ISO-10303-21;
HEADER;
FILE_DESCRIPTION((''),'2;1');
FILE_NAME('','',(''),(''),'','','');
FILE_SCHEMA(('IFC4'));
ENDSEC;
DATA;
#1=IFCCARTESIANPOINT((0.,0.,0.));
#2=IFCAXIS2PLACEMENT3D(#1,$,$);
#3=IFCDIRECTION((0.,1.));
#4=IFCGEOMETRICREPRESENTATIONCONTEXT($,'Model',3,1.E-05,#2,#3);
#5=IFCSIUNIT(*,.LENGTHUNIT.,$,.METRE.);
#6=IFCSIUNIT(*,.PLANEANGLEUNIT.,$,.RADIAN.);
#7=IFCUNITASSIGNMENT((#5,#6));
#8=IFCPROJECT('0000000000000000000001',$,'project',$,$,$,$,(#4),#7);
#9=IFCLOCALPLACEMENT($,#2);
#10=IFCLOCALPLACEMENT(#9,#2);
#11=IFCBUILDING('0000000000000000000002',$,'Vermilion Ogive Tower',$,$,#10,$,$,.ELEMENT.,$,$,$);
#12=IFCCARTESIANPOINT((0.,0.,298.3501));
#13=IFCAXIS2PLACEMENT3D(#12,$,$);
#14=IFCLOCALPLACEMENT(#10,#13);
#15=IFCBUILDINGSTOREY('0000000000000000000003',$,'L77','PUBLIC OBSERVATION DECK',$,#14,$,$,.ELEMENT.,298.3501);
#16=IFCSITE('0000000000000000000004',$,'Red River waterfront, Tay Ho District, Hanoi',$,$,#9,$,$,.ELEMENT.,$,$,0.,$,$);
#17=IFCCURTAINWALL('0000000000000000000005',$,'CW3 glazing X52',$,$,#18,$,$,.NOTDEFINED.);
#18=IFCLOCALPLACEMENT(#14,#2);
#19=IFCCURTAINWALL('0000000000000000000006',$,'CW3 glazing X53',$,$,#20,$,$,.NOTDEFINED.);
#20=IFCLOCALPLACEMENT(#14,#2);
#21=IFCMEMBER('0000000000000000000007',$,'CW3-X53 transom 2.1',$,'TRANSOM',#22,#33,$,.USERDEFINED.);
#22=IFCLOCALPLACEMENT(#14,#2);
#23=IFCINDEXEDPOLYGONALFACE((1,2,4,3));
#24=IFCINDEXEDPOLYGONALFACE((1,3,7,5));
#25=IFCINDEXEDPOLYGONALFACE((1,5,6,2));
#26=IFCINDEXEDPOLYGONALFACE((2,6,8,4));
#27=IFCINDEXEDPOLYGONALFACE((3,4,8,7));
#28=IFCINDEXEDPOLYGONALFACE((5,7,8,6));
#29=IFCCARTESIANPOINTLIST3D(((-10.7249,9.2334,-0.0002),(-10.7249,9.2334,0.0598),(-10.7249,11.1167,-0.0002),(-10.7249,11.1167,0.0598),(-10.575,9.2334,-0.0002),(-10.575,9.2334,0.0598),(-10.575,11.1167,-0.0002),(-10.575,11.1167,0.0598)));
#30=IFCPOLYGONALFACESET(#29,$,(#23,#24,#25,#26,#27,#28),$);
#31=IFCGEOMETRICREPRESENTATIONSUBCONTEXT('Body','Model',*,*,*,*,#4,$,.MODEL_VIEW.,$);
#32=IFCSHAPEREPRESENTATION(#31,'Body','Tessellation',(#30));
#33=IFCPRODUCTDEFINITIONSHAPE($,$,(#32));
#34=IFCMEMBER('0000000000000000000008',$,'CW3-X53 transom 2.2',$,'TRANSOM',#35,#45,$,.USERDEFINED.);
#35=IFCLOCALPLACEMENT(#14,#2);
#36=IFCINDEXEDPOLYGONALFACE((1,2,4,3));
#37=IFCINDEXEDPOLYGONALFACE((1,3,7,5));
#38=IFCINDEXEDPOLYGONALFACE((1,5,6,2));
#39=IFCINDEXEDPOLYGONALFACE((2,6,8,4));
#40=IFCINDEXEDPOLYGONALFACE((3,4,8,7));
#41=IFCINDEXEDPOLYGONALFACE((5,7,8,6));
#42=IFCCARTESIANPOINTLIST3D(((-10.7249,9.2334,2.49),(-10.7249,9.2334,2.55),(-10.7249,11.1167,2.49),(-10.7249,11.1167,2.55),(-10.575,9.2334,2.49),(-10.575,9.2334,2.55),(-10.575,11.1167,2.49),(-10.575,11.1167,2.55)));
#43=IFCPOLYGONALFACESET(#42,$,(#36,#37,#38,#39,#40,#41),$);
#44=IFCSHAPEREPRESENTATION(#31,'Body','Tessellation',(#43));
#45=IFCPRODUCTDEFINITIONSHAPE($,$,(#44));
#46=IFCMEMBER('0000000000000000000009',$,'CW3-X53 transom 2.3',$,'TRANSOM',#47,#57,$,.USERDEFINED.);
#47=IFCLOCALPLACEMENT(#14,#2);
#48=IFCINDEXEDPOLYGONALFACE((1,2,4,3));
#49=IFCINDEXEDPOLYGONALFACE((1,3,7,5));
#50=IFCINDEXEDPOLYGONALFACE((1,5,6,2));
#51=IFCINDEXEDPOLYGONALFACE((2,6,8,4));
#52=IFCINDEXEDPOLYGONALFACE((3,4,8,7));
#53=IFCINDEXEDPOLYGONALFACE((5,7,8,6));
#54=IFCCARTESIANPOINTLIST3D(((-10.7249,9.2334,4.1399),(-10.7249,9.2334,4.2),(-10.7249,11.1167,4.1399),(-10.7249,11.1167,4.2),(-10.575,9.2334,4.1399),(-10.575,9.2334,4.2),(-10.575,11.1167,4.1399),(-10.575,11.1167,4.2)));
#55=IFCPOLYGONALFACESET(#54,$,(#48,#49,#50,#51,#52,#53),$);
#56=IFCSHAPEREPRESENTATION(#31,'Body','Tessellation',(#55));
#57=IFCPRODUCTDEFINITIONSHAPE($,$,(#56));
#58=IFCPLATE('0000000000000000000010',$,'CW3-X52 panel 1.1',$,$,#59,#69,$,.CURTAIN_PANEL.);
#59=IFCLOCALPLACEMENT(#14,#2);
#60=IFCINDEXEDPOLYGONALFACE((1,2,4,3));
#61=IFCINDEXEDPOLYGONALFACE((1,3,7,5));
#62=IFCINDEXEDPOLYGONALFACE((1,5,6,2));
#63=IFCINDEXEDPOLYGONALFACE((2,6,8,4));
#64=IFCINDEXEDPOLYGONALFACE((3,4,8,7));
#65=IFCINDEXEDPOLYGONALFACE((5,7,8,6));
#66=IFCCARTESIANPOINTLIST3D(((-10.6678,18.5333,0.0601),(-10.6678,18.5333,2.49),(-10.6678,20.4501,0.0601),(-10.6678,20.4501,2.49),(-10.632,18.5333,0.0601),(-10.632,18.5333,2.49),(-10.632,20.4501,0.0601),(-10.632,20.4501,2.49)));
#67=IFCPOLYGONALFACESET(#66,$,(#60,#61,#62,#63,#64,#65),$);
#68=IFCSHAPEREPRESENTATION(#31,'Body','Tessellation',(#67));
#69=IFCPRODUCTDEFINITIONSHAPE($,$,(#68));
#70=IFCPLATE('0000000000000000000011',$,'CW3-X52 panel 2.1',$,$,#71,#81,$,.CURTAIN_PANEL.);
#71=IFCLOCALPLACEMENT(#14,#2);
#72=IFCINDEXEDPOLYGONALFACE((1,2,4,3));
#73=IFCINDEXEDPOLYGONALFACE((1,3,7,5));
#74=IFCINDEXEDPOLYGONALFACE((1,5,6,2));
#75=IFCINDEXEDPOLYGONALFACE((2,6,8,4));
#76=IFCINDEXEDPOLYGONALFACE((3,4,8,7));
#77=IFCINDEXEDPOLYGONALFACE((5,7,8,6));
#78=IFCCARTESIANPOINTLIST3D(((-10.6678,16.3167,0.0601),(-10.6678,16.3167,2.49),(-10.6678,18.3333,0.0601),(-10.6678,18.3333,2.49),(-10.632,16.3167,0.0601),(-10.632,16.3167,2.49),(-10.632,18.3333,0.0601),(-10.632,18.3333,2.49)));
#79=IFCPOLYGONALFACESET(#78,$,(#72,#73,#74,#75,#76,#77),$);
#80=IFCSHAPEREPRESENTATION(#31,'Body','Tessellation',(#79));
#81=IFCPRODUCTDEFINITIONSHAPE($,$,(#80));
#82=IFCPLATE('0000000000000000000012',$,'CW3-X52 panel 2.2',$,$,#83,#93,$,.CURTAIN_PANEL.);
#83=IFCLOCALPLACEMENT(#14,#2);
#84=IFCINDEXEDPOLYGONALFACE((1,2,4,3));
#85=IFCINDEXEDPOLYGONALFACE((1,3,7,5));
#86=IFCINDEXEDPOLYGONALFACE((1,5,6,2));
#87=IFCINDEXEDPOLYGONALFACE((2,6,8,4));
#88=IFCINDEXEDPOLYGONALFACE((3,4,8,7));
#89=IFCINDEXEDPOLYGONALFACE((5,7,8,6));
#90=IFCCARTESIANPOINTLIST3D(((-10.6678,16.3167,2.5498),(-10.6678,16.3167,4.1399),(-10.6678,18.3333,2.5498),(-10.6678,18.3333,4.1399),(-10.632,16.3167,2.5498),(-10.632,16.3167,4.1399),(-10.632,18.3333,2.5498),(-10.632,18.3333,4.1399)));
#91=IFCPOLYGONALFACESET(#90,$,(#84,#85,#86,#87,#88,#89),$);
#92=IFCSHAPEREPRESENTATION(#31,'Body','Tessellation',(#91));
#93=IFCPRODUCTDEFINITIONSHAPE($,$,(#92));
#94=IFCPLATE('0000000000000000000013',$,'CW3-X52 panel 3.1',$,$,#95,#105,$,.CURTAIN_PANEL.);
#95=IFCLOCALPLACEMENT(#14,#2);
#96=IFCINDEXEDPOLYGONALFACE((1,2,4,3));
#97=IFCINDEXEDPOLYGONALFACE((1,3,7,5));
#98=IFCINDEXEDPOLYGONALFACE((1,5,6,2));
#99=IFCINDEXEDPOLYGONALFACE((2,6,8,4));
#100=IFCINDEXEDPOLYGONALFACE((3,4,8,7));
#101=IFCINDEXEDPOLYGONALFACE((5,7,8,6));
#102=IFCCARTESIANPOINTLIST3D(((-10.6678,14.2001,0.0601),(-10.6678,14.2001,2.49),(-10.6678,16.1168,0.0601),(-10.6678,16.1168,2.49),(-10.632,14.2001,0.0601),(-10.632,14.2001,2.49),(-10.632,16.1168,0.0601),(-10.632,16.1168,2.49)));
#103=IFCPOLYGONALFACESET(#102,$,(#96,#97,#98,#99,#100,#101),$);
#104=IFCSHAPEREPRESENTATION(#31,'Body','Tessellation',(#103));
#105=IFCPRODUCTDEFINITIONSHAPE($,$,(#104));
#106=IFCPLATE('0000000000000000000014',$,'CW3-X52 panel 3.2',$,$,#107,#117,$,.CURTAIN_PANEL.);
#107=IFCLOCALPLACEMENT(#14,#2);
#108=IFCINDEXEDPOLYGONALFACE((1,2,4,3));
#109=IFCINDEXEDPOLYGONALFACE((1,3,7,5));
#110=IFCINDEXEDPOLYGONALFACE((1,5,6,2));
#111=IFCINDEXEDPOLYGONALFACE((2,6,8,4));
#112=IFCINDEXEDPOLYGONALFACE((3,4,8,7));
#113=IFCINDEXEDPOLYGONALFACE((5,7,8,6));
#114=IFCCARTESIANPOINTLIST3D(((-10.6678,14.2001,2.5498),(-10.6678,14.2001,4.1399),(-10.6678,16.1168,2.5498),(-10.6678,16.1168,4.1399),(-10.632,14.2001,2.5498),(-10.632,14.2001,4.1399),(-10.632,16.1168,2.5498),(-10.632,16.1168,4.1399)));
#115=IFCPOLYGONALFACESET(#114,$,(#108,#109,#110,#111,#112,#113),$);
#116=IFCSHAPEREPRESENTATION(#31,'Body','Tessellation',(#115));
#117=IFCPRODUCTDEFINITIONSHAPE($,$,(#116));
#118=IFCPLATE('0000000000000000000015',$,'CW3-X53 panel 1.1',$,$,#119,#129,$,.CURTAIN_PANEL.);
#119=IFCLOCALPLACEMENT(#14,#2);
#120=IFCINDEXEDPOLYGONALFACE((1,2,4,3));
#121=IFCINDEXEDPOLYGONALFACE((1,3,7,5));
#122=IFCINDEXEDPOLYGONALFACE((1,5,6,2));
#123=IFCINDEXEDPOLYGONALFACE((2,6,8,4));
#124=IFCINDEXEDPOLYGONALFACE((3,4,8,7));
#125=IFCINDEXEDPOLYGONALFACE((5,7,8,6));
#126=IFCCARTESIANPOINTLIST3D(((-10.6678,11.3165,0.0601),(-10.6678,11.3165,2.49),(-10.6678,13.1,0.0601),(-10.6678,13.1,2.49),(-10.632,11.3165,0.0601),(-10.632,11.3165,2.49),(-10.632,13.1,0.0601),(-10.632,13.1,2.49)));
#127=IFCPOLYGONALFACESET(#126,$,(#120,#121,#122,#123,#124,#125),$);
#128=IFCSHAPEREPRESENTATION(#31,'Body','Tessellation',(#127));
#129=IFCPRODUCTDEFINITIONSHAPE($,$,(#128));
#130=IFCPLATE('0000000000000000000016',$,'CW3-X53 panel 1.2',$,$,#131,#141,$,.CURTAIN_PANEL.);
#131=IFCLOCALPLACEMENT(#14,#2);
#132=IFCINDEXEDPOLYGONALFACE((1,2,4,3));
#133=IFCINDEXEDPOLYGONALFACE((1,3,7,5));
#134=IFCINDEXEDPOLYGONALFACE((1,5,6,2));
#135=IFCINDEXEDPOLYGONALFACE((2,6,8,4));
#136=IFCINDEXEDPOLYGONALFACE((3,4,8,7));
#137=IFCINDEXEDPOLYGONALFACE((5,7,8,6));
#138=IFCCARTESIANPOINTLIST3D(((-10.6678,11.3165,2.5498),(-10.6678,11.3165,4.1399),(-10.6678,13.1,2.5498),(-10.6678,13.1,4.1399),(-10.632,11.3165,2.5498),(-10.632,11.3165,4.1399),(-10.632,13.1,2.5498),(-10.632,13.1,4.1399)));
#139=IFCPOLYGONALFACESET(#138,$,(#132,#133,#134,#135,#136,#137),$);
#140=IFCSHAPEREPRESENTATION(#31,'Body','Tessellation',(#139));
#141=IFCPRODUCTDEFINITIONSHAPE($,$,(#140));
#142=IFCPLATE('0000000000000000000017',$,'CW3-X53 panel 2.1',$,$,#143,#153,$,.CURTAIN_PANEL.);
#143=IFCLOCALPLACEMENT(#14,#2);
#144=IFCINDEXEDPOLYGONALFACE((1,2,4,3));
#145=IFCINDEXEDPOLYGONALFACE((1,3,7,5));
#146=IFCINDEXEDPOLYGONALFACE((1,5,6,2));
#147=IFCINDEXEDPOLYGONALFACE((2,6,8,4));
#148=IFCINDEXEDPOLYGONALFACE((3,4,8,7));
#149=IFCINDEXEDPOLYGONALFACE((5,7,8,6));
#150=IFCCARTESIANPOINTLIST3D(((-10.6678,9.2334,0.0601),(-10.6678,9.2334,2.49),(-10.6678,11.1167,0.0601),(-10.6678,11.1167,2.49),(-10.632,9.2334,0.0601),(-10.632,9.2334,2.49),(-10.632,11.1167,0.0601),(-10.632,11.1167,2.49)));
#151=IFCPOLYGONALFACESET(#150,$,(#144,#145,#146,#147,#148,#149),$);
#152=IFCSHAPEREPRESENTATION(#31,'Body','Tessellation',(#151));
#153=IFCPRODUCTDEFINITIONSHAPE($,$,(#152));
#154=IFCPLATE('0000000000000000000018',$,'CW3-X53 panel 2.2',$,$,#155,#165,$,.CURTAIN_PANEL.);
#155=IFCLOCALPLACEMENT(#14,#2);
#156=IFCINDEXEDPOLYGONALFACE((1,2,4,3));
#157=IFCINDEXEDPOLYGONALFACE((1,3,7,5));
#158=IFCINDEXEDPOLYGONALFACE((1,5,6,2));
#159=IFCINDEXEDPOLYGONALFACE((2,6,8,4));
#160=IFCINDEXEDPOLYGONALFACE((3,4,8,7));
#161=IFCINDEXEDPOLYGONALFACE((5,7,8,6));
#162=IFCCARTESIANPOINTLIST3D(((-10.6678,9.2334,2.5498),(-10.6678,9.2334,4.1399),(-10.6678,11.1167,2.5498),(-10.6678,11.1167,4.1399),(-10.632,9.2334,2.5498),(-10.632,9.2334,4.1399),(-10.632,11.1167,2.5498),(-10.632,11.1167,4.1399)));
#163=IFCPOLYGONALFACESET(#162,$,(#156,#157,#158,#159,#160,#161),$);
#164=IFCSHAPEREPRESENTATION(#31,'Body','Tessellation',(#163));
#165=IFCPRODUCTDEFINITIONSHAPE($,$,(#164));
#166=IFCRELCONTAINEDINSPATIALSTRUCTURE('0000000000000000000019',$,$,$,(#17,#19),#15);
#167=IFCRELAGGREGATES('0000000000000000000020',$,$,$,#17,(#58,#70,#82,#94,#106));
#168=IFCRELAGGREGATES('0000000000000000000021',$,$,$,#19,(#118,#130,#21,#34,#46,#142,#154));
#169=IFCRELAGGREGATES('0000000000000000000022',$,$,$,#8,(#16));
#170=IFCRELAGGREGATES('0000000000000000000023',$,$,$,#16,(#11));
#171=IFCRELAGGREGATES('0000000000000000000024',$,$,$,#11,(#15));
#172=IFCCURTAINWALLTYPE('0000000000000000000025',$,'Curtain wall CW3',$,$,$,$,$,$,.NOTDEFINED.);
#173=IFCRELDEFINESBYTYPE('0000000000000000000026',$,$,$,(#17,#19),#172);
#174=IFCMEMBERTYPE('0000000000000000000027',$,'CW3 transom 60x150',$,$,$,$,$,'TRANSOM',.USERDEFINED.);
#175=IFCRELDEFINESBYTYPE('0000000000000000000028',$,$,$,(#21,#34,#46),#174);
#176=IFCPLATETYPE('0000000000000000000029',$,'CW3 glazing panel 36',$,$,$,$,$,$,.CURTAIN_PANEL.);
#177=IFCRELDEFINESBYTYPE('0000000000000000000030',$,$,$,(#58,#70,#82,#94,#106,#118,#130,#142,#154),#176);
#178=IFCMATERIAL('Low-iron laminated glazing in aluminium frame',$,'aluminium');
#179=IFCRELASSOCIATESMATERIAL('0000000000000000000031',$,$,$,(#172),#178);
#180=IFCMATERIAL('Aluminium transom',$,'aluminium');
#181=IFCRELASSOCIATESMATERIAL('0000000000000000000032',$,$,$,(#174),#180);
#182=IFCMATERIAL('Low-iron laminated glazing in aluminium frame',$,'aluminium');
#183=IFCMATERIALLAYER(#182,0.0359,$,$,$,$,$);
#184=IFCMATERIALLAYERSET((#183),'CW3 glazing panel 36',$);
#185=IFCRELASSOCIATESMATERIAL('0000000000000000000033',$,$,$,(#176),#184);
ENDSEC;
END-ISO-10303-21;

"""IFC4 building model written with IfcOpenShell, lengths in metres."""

from ifc_helpers import new_model, si_unit, direction, frame, origin, origin_2d, place, context, subcontext, project, spatial, rectangle, extrude, material, layer, layer_set, material_profile, profile_set, type_object, element, aggregate, save


model = new_model("IFC4")

# Units and contexts
model_context = context("Model", 3, precision=1e-05, world=origin(), true_north=direction((0.0, 1.0)))
body_context = subcontext(model_context, "Body", "Model", "MODEL_VIEW")
ifc_project = project(units=[si_unit("LENGTHUNIT", "METRE"), si_unit("PLANEANGLEUNIT", "RADIAN")], contexts=[model_context])

# Site, building, storey
site_placement = place(None, origin())
site = spatial("IfcSite", under=ifc_project, at=site_placement, Name="Red River waterfront, Tay Ho District, Hanoi", CompositionType="ELEMENT", RefElevation=0.0)
building_placement = place(site_placement, origin())
building = spatial("IfcBuilding", under=site, at=building_placement, Name="Vermilion Ogive Tower", CompositionType="ELEMENT")
storey_placement = place(building_placement, frame((0.0, 0.0, 298.3501)))
storey = spatial("IfcBuildingStorey", under=building, at=storey_placement, Name="L77", Description="PUBLIC OBSERVATION DECK", CompositionType="ELEMENT", Elevation=298.3501)

# Curtain walls
ifc_material_1 = material(Name="Low-iron laminated glazing in aluminium frame", Category="aluminium")
curtain_wall_type = type_object("IfcCurtainWallType", Name="Curtain wall CW3", PredefinedType="NOTDEFINED", material=ifc_material_1)
curtain_wall_1_placement = place(storey_placement, origin())
curtain_wall_1 = element("IfcCurtainWall", 1, at=curtain_wall_1_placement, inside=storey, type_object=curtain_wall_type, Name="CW3 glazing X52", PredefinedType="NOTDEFINED")
curtain_wall_2_placement = place(storey_placement, origin())
curtain_wall_2 = element("IfcCurtainWall", 2, at=curtain_wall_2_placement, inside=storey, type_object=curtain_wall_type, Name="CW3 glazing X53", PredefinedType="NOTDEFINED")

# Members
ifc_material_2 = material(Name="Aluminium transom", Category="aluminium")
ifc_material_profile_1 = material_profile(ifc_material_2, rectangle(XDim=0.1499, YDim=0.0601, at=origin_2d()), Name="AL 60x150")
ifc_profile_set_1 = profile_set([ifc_material_profile_1], Name="Aluminium transom")
member_type_1 = type_object("IfcMemberType", Name="CW3 transom 60x150", ElementType="TRANSOM", PredefinedType="USERDEFINED", material=ifc_profile_set_1)
member_1_placement = place(storey_placement, frame((-10.6499, 11.1167, 0.0298), z_axis=(0.0, -1.0, 0.0), x_axis=(1.0, 0.0, 0.0)))
member_1 = element("IfcMember", 3, at=member_1_placement, type_object=member_type_1, Name="CW3-X53 transom 2.1", ObjectType="TRANSOM", PredefinedType="USERDEFINED", context=body_context, shape_type="SweptSolid", body=[
    extrude(rectangle(XDim=0.1499, YDim=0.0601, at=origin_2d()), origin(), (0.0, 0.0, 1.0), 1.8833),
])
member_2_placement = place(storey_placement, frame((-10.6499, 11.1167, 2.52), z_axis=(0.0, -1.0, 0.0), x_axis=(1.0, 0.0, 0.0)))
member_2 = element("IfcMember", 4, at=member_2_placement, type_object=member_type_1, Name="CW3-X53 transom 2.2", ObjectType="TRANSOM", PredefinedType="USERDEFINED", context=body_context, shape_type="SweptSolid", body=[
    extrude(rectangle(XDim=0.1499, YDim=0.0601, at=origin_2d()), origin(), (0.0, 0.0, 1.0), 1.8833),
])
member_3_placement = place(storey_placement, frame((-10.6499, 11.1167, 4.1699), z_axis=(0.0, -1.0, 0.0), x_axis=(1.0, 0.0, 0.0)))
member_3 = element("IfcMember", 5, at=member_3_placement, type_object=member_type_1, Name="CW3-X53 transom 2.3", ObjectType="TRANSOM", PredefinedType="USERDEFINED", context=body_context, shape_type="SweptSolid", body=[
    extrude(rectangle(XDim=0.1499, YDim=0.0601, at=origin_2d()), origin(), (0.0, 0.0, 1.0), 1.8833),
])

# Plates
ifc_material_3 = material(Name="Low-iron laminated glazing in aluminium frame", Category="aluminium")
ifc_layer = layer(ifc_material_3, 0.0359)
ifc_layer_set = layer_set([ifc_layer], Name="CW3 glazing panel 36")
plate_type = type_object("IfcPlateType", Name="CW3 glazing panel 36", PredefinedType="CURTAIN_PANEL", material=ifc_layer_set)
plate_1_placement = place(storey_placement, frame((-10.6499, 19.4917, 0.0601), z_axis=(0.0, 0.0, 1.0), x_axis=(0.0, -1.0, 0.0)))
plate_1 = element("IfcPlate", 6, at=plate_1_placement, type_object=plate_type, Name="CW3-X52 panel 1.1", PredefinedType="CURTAIN_PANEL", context=body_context, shape_type="SweptSolid", body=[
    extrude(rectangle(XDim=1.9167, YDim=0.0359, at=origin_2d()), origin(), (0.0, 0.0, 1.0), 2.4299),
])
plate_2_placement = place(storey_placement, frame((-10.6499, 17.325, 0.0601), z_axis=(0.0, 0.0, 1.0), x_axis=(0.0, -1.0, 0.0)))
plate_2 = element("IfcPlate", 7, at=plate_2_placement, type_object=plate_type, Name="CW3-X52 panel 2.1", PredefinedType="CURTAIN_PANEL", context=body_context, shape_type="SweptSolid", body=[
    extrude(rectangle(XDim=2.0166, YDim=0.0359, at=origin_2d()), origin(), (0.0, 0.0, 1.0), 2.4299),
])
plate_3_placement = place(storey_placement, frame((-10.6499, 17.325, 2.5498), z_axis=(0.0, 0.0, 1.0), x_axis=(0.0, -1.0, 0.0)))
plate_3 = element("IfcPlate", 8, at=plate_3_placement, type_object=plate_type, Name="CW3-X52 panel 2.2", PredefinedType="CURTAIN_PANEL", context=body_context, shape_type="SweptSolid", body=[
    extrude(rectangle(XDim=2.0166, YDim=0.0359, at=origin_2d()), origin(), (0.0, 0.0, 1.0), 1.5901),
])
plate_4_placement = place(storey_placement, frame((-10.6499, 15.1584, 0.0601), z_axis=(0.0, 0.0, 1.0), x_axis=(0.0, -1.0, 0.0)))
plate_4 = element("IfcPlate", 9, at=plate_4_placement, type_object=plate_type, Name="CW3-X52 panel 3.1", PredefinedType="CURTAIN_PANEL", context=body_context, shape_type="SweptSolid", body=[
    extrude(rectangle(XDim=1.9167, YDim=0.0359, at=origin_2d()), origin(), (0.0, 0.0, 1.0), 2.4299),
])
plate_5_placement = place(storey_placement, frame((-10.6499, 15.1584, 2.5498), z_axis=(0.0, 0.0, 1.0), x_axis=(0.0, -1.0, 0.0)))
plate_5 = element("IfcPlate", 10, at=plate_5_placement, type_object=plate_type, Name="CW3-X52 panel 3.2", PredefinedType="CURTAIN_PANEL", context=body_context, shape_type="SweptSolid", body=[
    extrude(rectangle(XDim=1.9167, YDim=0.0359, at=origin_2d()), origin(), (0.0, 0.0, 1.0), 1.5901),
])
aggregate(curtain_wall_1, [plate_1, plate_2, plate_3, plate_4, plate_5])
plate_6_placement = place(storey_placement, frame((-10.6499, 12.2083, 0.0601), z_axis=(0.0, 0.0, 1.0), x_axis=(0.0, -1.0, 0.0)))
plate_6 = element("IfcPlate", 11, at=plate_6_placement, type_object=plate_type, Name="CW3-X53 panel 1.1", PredefinedType="CURTAIN_PANEL", context=body_context, shape_type="SweptSolid", body=[
    extrude(rectangle(XDim=1.7834, YDim=0.0359, at=origin_2d()), origin(), (0.0, 0.0, 1.0), 2.4299),
])
plate_7_placement = place(storey_placement, frame((-10.6499, 12.2083, 2.5498), z_axis=(0.0, 0.0, 1.0), x_axis=(0.0, -1.0, 0.0)))
plate_7 = element("IfcPlate", 12, at=plate_7_placement, type_object=plate_type, Name="CW3-X53 panel 1.2", PredefinedType="CURTAIN_PANEL", context=body_context, shape_type="SweptSolid", body=[
    extrude(rectangle(XDim=1.7834, YDim=0.0359, at=origin_2d()), origin(), (0.0, 0.0, 1.0), 1.5901),
])
plate_8_placement = place(storey_placement, frame((-10.6499, 10.175, 0.0601), z_axis=(0.0, 0.0, 1.0), x_axis=(0.0, -1.0, 0.0)))
plate_8 = element("IfcPlate", 13, at=plate_8_placement, type_object=plate_type, Name="CW3-X53 panel 2.1", PredefinedType="CURTAIN_PANEL", context=body_context, shape_type="SweptSolid", body=[
    extrude(rectangle(XDim=1.8833, YDim=0.0359, at=origin_2d()), origin(), (0.0, 0.0, 1.0), 2.4299),
])
plate_9_placement = place(storey_placement, frame((-10.6499, 10.175, 2.5498), z_axis=(0.0, 0.0, 1.0), x_axis=(0.0, -1.0, 0.0)))
plate_9 = element("IfcPlate", 14, at=plate_9_placement, type_object=plate_type, Name="CW3-X53 panel 2.2", PredefinedType="CURTAIN_PANEL", context=body_context, shape_type="SweptSolid", body=[
    extrude(rectangle(XDim=1.8833, YDim=0.0359, at=origin_2d()), origin(), (0.0, 0.0, 1.0), 1.5901),
])
aggregate(curtain_wall_2, [plate_6, plate_7, member_1, member_2, member_3, plate_8, plate_9])

save(model, "model.ifc")
